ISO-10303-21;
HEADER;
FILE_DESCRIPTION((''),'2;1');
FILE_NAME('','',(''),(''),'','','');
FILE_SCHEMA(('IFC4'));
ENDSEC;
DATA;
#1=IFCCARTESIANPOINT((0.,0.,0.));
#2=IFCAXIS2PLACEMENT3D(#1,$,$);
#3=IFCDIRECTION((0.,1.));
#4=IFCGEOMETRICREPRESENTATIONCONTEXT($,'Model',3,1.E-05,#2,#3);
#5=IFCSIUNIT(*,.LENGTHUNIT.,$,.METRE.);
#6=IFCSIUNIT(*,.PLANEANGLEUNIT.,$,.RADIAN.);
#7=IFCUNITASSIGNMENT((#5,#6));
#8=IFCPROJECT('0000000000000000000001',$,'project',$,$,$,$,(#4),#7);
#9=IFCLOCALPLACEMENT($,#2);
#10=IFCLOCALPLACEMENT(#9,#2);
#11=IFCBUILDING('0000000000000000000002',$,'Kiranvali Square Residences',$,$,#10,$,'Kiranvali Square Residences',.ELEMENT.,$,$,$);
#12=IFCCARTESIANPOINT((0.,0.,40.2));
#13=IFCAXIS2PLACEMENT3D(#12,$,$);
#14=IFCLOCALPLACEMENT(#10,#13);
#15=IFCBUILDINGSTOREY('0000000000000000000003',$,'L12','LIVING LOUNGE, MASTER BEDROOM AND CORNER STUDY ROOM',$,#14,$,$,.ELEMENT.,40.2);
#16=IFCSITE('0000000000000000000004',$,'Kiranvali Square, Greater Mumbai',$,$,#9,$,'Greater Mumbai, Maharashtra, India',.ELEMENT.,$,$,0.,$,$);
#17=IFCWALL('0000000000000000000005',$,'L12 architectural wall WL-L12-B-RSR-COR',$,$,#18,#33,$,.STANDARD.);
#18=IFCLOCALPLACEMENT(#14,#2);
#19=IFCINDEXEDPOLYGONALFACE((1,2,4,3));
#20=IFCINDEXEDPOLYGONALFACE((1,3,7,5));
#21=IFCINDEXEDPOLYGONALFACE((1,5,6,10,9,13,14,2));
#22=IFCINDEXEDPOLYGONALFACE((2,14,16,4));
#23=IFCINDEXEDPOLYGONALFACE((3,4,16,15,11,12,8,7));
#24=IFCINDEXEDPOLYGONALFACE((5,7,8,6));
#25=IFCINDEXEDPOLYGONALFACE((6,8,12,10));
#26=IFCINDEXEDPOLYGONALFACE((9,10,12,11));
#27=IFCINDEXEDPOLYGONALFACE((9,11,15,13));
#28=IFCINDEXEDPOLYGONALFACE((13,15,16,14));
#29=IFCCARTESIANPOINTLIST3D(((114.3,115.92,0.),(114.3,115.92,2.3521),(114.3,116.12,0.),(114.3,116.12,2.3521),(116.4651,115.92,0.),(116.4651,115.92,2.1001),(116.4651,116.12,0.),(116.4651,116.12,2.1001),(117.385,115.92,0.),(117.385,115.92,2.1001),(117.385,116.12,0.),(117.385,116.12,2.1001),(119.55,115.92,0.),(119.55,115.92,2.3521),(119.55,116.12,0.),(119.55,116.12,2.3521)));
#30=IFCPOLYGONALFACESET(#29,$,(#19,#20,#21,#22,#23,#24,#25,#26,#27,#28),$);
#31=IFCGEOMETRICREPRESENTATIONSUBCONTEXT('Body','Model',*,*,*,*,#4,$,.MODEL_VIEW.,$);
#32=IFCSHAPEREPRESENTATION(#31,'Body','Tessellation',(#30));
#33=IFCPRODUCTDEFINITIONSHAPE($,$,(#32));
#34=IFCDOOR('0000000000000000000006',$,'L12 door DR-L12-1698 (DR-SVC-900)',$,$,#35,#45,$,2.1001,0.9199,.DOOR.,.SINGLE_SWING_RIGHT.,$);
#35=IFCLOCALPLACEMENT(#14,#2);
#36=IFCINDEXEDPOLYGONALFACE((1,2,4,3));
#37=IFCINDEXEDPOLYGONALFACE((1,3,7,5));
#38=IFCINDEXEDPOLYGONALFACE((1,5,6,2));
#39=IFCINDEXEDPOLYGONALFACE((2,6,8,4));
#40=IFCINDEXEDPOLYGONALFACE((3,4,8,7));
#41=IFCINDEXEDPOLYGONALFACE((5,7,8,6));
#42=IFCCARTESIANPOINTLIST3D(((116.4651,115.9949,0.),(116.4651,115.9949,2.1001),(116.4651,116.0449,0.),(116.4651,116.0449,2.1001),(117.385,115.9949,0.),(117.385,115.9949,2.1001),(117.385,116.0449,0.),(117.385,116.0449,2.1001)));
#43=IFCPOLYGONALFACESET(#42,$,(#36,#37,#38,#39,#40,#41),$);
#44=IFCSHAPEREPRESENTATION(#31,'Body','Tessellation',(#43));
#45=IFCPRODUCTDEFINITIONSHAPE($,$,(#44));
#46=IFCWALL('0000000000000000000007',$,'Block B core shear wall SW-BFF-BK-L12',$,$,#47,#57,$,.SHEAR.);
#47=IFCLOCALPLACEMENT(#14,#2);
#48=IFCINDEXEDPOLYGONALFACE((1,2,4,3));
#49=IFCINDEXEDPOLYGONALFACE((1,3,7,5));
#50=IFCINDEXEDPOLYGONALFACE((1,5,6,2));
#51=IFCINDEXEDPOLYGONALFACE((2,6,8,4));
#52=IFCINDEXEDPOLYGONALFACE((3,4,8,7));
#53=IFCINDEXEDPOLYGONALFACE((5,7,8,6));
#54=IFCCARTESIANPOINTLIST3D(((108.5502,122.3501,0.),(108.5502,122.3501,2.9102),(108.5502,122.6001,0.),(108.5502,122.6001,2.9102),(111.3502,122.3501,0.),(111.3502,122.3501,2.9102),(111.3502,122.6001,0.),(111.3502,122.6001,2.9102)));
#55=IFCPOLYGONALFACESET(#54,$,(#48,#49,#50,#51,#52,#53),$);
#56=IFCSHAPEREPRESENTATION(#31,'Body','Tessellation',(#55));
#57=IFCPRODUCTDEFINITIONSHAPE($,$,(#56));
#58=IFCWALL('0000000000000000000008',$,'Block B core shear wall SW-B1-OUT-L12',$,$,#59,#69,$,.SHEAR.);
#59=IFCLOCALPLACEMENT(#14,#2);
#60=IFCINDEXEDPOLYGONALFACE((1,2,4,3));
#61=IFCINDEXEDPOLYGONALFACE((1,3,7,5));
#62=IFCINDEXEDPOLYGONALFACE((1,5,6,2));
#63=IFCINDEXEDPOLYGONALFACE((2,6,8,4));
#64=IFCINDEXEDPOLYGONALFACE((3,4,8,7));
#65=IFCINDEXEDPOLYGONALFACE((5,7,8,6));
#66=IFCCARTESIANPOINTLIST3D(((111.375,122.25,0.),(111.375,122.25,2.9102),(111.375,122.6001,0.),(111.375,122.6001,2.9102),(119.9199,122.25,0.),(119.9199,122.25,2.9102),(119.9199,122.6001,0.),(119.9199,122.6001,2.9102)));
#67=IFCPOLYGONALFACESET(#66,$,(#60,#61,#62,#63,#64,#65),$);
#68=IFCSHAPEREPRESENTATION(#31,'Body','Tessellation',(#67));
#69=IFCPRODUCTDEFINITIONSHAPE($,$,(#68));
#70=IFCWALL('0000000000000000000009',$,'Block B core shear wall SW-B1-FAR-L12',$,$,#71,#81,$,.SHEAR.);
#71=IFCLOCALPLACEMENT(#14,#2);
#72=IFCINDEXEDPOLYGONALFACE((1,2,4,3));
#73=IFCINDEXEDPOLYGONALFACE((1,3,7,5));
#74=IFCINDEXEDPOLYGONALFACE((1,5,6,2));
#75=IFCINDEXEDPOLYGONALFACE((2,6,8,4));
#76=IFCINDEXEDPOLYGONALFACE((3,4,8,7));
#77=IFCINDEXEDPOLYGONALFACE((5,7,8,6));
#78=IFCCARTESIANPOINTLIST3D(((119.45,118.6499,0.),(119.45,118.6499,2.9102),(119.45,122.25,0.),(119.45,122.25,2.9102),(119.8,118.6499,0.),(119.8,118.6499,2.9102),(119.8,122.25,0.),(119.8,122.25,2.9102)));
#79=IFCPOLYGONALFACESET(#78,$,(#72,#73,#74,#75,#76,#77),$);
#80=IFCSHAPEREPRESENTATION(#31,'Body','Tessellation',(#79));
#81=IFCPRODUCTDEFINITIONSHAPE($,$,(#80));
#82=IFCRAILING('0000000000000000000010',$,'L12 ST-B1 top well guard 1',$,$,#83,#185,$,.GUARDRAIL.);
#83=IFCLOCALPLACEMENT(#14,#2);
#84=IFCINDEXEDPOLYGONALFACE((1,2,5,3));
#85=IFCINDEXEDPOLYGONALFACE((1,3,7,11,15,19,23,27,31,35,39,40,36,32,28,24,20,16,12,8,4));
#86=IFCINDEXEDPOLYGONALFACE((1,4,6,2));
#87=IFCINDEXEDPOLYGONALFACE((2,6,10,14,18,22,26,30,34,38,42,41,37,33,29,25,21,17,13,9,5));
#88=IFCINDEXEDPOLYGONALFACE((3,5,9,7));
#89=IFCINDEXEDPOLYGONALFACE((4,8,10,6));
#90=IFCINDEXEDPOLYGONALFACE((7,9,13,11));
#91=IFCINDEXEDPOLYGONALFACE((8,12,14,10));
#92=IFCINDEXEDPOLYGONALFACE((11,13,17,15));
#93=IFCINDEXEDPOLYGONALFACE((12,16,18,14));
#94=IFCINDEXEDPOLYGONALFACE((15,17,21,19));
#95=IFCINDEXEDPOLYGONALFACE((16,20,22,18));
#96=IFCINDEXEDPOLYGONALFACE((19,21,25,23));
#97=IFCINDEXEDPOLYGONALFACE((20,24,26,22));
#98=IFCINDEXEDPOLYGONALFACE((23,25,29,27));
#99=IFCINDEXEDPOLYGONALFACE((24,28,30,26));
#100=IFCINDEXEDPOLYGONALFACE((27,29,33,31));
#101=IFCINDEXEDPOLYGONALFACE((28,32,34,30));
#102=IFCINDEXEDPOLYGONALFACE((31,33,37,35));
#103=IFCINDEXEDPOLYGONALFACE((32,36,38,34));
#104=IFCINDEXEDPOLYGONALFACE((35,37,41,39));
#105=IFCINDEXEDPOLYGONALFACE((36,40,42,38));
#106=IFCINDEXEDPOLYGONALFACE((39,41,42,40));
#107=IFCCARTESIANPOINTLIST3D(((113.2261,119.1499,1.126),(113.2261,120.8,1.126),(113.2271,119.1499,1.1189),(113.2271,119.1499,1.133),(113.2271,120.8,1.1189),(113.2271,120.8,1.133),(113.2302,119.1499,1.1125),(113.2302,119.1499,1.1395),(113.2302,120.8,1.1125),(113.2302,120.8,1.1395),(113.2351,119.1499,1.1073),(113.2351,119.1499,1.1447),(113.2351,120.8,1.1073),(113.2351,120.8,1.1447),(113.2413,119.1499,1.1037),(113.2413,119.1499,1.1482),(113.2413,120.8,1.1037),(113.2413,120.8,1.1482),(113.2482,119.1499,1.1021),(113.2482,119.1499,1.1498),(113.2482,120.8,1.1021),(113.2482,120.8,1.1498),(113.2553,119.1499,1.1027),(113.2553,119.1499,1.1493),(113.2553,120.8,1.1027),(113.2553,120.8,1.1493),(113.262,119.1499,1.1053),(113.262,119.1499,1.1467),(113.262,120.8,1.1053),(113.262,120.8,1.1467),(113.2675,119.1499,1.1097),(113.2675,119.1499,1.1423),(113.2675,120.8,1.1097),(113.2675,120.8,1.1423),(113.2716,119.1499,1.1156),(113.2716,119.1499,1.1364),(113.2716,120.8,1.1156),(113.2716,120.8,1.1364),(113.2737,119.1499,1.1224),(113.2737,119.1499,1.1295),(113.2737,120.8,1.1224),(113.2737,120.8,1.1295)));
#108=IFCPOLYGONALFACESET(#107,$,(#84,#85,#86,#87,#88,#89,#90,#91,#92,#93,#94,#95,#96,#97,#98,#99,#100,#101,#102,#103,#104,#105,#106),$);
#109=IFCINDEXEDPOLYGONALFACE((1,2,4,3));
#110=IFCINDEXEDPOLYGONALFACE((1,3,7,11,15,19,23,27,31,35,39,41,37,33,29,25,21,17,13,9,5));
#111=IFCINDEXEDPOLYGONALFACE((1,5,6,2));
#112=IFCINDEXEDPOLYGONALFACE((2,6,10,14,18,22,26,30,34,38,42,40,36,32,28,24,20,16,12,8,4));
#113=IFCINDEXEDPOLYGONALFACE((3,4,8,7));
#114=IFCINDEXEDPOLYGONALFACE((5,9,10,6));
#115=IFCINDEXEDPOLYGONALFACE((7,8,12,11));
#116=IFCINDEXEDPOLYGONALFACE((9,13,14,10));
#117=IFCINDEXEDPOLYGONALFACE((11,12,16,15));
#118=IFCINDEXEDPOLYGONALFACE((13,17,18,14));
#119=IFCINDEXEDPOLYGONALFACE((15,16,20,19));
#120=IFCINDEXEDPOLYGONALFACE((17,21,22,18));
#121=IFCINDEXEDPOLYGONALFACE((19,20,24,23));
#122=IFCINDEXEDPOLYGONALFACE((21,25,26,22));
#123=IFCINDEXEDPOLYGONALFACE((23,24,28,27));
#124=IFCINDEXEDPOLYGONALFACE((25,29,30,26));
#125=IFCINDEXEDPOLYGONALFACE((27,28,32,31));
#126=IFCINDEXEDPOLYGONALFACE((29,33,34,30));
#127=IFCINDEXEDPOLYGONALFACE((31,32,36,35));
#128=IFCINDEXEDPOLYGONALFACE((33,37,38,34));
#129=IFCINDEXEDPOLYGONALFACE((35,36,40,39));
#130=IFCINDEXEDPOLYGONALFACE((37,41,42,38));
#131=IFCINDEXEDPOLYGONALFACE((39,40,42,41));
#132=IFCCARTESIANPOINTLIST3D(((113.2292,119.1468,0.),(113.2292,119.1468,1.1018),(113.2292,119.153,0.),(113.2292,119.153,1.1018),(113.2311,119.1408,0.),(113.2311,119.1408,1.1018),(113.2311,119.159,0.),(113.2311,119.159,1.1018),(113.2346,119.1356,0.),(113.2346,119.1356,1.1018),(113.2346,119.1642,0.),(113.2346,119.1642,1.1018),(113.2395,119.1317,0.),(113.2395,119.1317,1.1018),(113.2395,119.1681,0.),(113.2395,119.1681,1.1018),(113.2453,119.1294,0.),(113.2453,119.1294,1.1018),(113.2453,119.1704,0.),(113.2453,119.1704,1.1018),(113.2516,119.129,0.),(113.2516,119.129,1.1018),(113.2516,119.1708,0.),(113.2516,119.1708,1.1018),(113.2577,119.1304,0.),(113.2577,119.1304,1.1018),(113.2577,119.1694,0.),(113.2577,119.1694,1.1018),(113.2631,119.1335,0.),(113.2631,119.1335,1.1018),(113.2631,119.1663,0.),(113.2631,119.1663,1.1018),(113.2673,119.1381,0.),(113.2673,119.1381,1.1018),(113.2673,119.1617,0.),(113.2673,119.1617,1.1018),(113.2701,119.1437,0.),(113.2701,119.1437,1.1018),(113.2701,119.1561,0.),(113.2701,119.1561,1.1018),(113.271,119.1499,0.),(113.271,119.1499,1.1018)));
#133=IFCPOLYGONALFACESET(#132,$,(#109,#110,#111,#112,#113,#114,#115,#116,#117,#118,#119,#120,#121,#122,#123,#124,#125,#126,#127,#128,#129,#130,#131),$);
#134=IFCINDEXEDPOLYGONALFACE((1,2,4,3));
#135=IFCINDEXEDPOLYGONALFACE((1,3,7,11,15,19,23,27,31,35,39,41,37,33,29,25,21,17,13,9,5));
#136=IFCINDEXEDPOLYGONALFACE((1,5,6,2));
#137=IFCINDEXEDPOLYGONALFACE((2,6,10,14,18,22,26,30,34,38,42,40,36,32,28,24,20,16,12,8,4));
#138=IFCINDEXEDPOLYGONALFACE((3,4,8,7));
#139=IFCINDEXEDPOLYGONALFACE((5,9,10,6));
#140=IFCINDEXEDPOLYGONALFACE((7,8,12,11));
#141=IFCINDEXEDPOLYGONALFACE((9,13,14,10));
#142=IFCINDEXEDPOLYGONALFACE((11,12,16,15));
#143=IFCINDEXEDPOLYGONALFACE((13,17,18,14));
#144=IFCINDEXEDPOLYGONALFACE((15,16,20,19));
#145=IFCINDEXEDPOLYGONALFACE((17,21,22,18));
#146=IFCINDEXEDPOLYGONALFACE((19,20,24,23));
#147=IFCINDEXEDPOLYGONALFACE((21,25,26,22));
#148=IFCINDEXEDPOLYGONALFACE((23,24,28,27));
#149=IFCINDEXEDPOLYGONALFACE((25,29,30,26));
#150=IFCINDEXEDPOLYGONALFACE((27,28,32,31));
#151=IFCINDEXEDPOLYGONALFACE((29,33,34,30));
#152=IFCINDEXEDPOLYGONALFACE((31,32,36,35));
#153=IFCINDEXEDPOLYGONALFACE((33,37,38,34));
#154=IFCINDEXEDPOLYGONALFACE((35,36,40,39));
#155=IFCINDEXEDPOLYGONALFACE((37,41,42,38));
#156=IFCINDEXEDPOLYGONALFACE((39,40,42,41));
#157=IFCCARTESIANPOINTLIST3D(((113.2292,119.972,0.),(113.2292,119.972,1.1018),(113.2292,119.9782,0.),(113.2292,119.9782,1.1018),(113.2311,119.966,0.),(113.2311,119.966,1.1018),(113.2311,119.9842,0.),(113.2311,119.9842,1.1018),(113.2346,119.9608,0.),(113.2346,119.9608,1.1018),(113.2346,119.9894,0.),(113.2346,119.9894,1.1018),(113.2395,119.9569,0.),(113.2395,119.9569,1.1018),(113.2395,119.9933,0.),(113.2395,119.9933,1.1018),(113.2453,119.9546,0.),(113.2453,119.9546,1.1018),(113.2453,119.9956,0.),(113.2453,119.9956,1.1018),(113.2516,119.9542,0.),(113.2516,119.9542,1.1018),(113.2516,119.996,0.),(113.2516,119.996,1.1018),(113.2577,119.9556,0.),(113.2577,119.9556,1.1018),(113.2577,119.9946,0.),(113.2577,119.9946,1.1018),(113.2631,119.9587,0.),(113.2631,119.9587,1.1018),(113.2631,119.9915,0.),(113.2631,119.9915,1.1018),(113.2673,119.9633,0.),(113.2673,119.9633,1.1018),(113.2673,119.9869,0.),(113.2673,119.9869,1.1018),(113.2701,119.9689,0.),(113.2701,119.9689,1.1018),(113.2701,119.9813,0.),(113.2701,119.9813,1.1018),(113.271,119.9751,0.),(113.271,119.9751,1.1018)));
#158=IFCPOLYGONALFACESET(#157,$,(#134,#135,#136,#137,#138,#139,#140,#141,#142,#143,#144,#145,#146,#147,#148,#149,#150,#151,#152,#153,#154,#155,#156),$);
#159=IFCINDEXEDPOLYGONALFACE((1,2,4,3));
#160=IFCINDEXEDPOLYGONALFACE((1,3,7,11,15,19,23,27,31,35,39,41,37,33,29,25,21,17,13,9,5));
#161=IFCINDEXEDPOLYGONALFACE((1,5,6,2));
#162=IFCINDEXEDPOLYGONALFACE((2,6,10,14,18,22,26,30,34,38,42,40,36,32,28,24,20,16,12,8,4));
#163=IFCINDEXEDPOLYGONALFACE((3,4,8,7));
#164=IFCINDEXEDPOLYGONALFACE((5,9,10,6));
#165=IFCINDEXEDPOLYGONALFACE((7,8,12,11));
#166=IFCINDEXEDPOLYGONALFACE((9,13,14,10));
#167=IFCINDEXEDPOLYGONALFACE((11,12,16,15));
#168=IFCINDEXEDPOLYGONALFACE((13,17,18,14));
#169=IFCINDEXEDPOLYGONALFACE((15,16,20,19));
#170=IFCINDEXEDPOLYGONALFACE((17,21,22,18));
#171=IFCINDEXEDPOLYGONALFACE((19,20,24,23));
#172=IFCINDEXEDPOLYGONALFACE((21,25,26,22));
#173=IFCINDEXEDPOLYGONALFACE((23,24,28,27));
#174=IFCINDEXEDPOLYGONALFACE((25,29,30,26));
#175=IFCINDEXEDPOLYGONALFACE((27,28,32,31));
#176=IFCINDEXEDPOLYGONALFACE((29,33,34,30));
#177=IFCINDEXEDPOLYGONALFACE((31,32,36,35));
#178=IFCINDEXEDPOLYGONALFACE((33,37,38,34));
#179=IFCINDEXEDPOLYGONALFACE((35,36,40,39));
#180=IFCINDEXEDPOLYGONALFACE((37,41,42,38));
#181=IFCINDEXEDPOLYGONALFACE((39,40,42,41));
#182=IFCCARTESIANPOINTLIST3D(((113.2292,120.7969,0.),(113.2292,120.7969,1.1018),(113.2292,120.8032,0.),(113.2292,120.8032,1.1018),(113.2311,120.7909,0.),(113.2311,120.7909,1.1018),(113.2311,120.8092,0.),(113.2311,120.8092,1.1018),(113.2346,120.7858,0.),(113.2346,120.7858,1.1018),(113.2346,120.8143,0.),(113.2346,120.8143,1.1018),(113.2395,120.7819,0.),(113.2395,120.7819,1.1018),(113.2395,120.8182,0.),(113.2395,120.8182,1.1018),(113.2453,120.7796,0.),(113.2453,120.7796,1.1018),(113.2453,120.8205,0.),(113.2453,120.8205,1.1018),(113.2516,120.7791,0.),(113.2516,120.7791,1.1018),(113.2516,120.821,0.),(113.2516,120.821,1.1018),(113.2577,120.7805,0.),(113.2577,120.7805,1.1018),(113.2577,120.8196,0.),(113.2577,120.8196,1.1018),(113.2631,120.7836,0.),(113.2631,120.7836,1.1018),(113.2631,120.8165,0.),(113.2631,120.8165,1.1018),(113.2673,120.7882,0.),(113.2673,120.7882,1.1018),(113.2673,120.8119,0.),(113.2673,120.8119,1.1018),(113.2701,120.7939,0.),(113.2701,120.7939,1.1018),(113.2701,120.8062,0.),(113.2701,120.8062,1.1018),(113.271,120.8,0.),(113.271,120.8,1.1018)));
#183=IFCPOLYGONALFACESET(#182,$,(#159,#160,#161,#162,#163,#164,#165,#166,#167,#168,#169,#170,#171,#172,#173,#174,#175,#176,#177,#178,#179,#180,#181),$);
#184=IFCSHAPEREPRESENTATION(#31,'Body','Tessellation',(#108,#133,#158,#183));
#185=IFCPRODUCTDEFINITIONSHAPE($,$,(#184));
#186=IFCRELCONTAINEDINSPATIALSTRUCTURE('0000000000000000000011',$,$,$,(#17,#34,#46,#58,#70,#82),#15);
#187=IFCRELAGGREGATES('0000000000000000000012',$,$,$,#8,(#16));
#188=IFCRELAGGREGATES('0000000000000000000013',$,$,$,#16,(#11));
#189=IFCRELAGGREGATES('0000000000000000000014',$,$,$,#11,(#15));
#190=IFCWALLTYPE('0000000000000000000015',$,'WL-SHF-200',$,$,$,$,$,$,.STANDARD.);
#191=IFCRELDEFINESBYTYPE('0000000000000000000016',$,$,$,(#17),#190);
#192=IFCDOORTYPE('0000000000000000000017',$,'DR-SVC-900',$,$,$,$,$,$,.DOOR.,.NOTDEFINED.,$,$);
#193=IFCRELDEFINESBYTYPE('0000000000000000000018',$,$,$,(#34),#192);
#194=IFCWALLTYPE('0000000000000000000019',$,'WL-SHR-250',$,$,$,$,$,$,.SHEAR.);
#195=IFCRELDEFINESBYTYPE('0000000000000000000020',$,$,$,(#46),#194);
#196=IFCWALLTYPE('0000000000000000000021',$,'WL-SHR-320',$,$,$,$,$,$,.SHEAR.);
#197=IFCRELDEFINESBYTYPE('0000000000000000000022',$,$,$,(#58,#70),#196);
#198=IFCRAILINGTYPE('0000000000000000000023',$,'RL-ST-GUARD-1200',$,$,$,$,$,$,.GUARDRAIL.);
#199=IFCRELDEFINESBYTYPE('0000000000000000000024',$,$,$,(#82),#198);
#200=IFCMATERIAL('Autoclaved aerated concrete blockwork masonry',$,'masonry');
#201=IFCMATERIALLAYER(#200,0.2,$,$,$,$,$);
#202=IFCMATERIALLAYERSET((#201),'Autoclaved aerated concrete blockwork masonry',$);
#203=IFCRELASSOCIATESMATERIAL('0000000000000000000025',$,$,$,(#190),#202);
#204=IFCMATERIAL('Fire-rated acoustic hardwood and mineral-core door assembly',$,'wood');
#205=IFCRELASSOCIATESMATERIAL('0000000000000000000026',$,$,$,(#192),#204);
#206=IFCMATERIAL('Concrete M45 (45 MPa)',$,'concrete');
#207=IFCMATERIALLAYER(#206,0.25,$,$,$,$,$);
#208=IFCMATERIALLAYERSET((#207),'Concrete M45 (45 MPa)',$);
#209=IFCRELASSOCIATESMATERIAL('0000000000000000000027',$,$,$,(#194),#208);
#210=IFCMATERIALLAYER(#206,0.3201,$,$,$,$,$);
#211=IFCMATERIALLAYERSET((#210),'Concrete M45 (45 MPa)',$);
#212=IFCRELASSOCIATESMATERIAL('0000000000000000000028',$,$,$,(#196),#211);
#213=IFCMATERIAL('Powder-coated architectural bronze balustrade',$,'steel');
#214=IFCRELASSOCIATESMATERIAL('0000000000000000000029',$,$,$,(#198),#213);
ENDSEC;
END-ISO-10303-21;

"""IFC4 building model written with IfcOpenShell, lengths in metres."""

from ifc_helpers import new_model, si_unit, direction, frame, frame_2d, origin, origin_2d, place, context, subcontext, project, spatial, rectangle, circle, extrude, material, layer, layer_set, type_object, element, fill, save


model = new_model("IFC4")

# Units and contexts
model_context = context("Model", 3, precision=1e-05, world=origin(), true_north=direction((0.0, 1.0)))
body_context = subcontext(model_context, "Body", "Model", "MODEL_VIEW")
ifc_project = project(units=[si_unit("LENGTHUNIT", "METRE"), si_unit("PLANEANGLEUNIT", "RADIAN")], contexts=[model_context])

# Site, building, storey
site_placement = place(None, origin())
site = spatial("IfcSite", under=ifc_project, at=site_placement, Name="Kiranvali Square, Greater Mumbai", LongName="Greater Mumbai, Maharashtra, India", CompositionType="ELEMENT", RefElevation=0.0)
building_placement = place(site_placement, origin())
building = spatial("IfcBuilding", under=site, at=building_placement, Name="Kiranvali Square Residences", LongName="Kiranvali Square Residences", CompositionType="ELEMENT")
storey_placement = place(building_placement, frame((0.0, 0.0, 40.2)))
storey = spatial("IfcBuildingStorey", under=building, at=storey_placement, Name="L12", Description="LIVING LOUNGE, MASTER BEDROOM AND CORNER STUDY ROOM", CompositionType="ELEMENT", Elevation=40.2)

# Shared definitions
ifc_material_1 = material(Name="Concrete M45 (45 MPa)", Category="concrete")

# Shared definitions
ifc_material_2 = material(Name="Autoclaved aerated concrete blockwork masonry", Category="masonry")
ifc_material_3 = material(Name="Fire-rated acoustic hardwood and mineral-core door assembly", Category="wood")

# Wall, opening, door
ifc_layer_1 = layer(ifc_material_2, 0.2)
ifc_layer_set_1 = layer_set([ifc_layer_1], Name="Autoclaved aerated concrete blockwork masonry")
wall_type_1 = type_object("IfcWallType", Name="WL-SHF-200", PredefinedType="STANDARD", material=ifc_layer_set_1)
wall_1_placement = place(storey_placement, frame((119.55, 116.02, 0.0), z_axis=(0.0, 0.0, 1.0), x_axis=(-1.0, 0.0, 0.0)))
wall_1 = element("IfcWall", 1, at=wall_1_placement, inside=storey, type_object=wall_type_1, Name="L12 architectural wall WL-L12-B-RSR-COR", PredefinedType="STANDARD", context=body_context, shape_type="SweptSolid", body=[
    extrude(rectangle(XDim=5.25, YDim=0.2, at=frame_2d((2.625, 0.0))), origin(), (0.0, 0.0, 1.0), 2.3521),
])
opening_1_placement = place(wall_1_placement, frame((2.165, 0.0, 0.0)))
opening_1 = element("IfcOpeningElement", 2, at=opening_1_placement, cuts=wall_1, PredefinedType="OPENING", context=body_context, shape_type="SweptSolid", body=[
    extrude(rectangle(XDim=0.9199, YDim=2.1001, at=frame_2d((0.46, 1.05))), frame((0.0, 0.1099, 0.0), z_axis=(0.0, -1.0, 0.0), x_axis=(1.0, 0.0, 0.0)), (0.0, 0.0, 1.0), 0.22),
])
door_type_1 = type_object("IfcDoorType", Name="DR-SVC-900", OperationType="NOTDEFINED", PredefinedType="DOOR", material=ifc_material_3)
door_1_placement = place(opening_1_placement, frame((0.9199, 0.0, 0.0), z_axis=(0.0, 0.0, 1.0), x_axis=(-1.0, 0.0, 0.0)))
door_1 = element("IfcDoor", 3, at=door_1_placement, inside=storey, type_object=door_type_1, Name="L12 door DR-L12-1698 (DR-SVC-900)", OperationType="SINGLE_SWING_RIGHT", OverallHeight=2.1001, OverallWidth=0.9199, PredefinedType="DOOR", context=body_context, shape_type="SweptSolid", body=[
    extrude(rectangle(XDim=0.9199, YDim=2.1001, at=frame_2d((0.46, 1.05))), frame((0.0, 0.0249, 0.0), z_axis=(0.0, -1.0, 0.0), x_axis=(1.0, 0.0, 0.0)), (0.0, 0.0, 1.0), 0.05),
])
fill(opening_1, door_1)

# Walls
ifc_layer_2 = layer(ifc_material_1, 0.25)
ifc_layer_set_2 = layer_set([ifc_layer_2], Name="Concrete M45 (45 MPa)")
wall_type_2 = type_object("IfcWallType", Name="WL-SHR-250", PredefinedType="SHEAR", material=ifc_layer_set_2)
wall_2_placement = place(storey_placement, frame((111.3501, 122.4751, 0.0), z_axis=(0.0, 0.0, 1.0), x_axis=(-1.0, 0.0, 0.0)))
element("IfcWall", 4, at=wall_2_placement, inside=storey, type_object=wall_type_2, Name="Block B core shear wall SW-BFF-BK-L12", PredefinedType="SHEAR", context=body_context, shape_type="SweptSolid", body=[
    extrude(rectangle(XDim=2.8, YDim=0.25, at=frame_2d((1.3999, 0.0))), origin(), (0.0, 0.0, 1.0), 2.9102),
])
ifc_layer_3 = layer(ifc_material_1, 0.3201)
ifc_layer_set_3 = layer_set([ifc_layer_3], Name="Concrete M45 (45 MPa)")
wall_type_3 = type_object("IfcWallType", Name="WL-SHR-320", PredefinedType="SHEAR", material=ifc_layer_set_3)
wall_3_placement = place(storey_placement, frame((119.9199, 122.425, 0.0), z_axis=(0.0, 0.0, 1.0), x_axis=(-1.0, 0.0, 0.0)))
element("IfcWall", 5, at=wall_3_placement, inside=storey, type_object=wall_type_3, Name="Block B core shear wall SW-B1-OUT-L12", PredefinedType="SHEAR", context=body_context, shape_type="SweptSolid", body=[
    extrude(rectangle(XDim=8.5449, YDim=0.3501, at=frame_2d((4.2725, 0.0))), origin(), (0.0, 0.0, 1.0), 2.9102),
])

# Wall
wall_4_placement = place(storey_placement, frame((119.625, 118.6499, 0.0), z_axis=(0.0, 0.0, 1.0), x_axis=(0.0, 1.0, 0.0)))
element("IfcWall", 6, at=wall_4_placement, inside=storey, type_object=wall_type_3, Name="Block B core shear wall SW-B1-FAR-L12", PredefinedType="SHEAR", context=body_context, shape_type="SweptSolid", body=[
    extrude(rectangle(XDim=3.6001, YDim=0.3501, at=frame_2d((1.8, 0.0))), origin(), (0.0, 0.0, 1.0), 2.9102),
])

# Railing
ifc_material_4 = material(Name="Powder-coated architectural bronze balustrade", Category="steel")
railing_type = type_object("IfcRailingType", Name="RL-ST-GUARD-1200", PredefinedType="GUARDRAIL", material=ifc_material_4)
railing_placement = place(storey_placement, frame((113.25, 119.1499, 0.0)))
element("IfcRailing", 7, at=railing_placement, inside=storey, type_object=railing_type, Name="L12 ST-B1 top well guard 1", PredefinedType="GUARDRAIL", context=body_context, shape_type="SweptSolid", body=[
    extrude(circle(Radius=0.0239, at=origin_2d()), frame((0.0, 0.0, 1.126), z_axis=(0.0, 1.0, 0.0), x_axis=(-1.0, 0.0, 0.0)), (0.0, 0.0, 1.0), 1.6501),
    extrude(circle(Radius=0.021, at=origin_2d()), origin(), (0.0, 0.0, 1.0), 1.1018),
    extrude(circle(Radius=0.021, at=origin_2d()), frame((0.0, 0.8252, 0.0)), (0.0, 0.0, 1.0), 1.1018),
    extrude(circle(Radius=0.021, at=origin_2d()), frame((0.0, 1.6501, 0.0)), (0.0, 0.0, 1.0), 1.1018),
])

save(model, "model.ifc")
